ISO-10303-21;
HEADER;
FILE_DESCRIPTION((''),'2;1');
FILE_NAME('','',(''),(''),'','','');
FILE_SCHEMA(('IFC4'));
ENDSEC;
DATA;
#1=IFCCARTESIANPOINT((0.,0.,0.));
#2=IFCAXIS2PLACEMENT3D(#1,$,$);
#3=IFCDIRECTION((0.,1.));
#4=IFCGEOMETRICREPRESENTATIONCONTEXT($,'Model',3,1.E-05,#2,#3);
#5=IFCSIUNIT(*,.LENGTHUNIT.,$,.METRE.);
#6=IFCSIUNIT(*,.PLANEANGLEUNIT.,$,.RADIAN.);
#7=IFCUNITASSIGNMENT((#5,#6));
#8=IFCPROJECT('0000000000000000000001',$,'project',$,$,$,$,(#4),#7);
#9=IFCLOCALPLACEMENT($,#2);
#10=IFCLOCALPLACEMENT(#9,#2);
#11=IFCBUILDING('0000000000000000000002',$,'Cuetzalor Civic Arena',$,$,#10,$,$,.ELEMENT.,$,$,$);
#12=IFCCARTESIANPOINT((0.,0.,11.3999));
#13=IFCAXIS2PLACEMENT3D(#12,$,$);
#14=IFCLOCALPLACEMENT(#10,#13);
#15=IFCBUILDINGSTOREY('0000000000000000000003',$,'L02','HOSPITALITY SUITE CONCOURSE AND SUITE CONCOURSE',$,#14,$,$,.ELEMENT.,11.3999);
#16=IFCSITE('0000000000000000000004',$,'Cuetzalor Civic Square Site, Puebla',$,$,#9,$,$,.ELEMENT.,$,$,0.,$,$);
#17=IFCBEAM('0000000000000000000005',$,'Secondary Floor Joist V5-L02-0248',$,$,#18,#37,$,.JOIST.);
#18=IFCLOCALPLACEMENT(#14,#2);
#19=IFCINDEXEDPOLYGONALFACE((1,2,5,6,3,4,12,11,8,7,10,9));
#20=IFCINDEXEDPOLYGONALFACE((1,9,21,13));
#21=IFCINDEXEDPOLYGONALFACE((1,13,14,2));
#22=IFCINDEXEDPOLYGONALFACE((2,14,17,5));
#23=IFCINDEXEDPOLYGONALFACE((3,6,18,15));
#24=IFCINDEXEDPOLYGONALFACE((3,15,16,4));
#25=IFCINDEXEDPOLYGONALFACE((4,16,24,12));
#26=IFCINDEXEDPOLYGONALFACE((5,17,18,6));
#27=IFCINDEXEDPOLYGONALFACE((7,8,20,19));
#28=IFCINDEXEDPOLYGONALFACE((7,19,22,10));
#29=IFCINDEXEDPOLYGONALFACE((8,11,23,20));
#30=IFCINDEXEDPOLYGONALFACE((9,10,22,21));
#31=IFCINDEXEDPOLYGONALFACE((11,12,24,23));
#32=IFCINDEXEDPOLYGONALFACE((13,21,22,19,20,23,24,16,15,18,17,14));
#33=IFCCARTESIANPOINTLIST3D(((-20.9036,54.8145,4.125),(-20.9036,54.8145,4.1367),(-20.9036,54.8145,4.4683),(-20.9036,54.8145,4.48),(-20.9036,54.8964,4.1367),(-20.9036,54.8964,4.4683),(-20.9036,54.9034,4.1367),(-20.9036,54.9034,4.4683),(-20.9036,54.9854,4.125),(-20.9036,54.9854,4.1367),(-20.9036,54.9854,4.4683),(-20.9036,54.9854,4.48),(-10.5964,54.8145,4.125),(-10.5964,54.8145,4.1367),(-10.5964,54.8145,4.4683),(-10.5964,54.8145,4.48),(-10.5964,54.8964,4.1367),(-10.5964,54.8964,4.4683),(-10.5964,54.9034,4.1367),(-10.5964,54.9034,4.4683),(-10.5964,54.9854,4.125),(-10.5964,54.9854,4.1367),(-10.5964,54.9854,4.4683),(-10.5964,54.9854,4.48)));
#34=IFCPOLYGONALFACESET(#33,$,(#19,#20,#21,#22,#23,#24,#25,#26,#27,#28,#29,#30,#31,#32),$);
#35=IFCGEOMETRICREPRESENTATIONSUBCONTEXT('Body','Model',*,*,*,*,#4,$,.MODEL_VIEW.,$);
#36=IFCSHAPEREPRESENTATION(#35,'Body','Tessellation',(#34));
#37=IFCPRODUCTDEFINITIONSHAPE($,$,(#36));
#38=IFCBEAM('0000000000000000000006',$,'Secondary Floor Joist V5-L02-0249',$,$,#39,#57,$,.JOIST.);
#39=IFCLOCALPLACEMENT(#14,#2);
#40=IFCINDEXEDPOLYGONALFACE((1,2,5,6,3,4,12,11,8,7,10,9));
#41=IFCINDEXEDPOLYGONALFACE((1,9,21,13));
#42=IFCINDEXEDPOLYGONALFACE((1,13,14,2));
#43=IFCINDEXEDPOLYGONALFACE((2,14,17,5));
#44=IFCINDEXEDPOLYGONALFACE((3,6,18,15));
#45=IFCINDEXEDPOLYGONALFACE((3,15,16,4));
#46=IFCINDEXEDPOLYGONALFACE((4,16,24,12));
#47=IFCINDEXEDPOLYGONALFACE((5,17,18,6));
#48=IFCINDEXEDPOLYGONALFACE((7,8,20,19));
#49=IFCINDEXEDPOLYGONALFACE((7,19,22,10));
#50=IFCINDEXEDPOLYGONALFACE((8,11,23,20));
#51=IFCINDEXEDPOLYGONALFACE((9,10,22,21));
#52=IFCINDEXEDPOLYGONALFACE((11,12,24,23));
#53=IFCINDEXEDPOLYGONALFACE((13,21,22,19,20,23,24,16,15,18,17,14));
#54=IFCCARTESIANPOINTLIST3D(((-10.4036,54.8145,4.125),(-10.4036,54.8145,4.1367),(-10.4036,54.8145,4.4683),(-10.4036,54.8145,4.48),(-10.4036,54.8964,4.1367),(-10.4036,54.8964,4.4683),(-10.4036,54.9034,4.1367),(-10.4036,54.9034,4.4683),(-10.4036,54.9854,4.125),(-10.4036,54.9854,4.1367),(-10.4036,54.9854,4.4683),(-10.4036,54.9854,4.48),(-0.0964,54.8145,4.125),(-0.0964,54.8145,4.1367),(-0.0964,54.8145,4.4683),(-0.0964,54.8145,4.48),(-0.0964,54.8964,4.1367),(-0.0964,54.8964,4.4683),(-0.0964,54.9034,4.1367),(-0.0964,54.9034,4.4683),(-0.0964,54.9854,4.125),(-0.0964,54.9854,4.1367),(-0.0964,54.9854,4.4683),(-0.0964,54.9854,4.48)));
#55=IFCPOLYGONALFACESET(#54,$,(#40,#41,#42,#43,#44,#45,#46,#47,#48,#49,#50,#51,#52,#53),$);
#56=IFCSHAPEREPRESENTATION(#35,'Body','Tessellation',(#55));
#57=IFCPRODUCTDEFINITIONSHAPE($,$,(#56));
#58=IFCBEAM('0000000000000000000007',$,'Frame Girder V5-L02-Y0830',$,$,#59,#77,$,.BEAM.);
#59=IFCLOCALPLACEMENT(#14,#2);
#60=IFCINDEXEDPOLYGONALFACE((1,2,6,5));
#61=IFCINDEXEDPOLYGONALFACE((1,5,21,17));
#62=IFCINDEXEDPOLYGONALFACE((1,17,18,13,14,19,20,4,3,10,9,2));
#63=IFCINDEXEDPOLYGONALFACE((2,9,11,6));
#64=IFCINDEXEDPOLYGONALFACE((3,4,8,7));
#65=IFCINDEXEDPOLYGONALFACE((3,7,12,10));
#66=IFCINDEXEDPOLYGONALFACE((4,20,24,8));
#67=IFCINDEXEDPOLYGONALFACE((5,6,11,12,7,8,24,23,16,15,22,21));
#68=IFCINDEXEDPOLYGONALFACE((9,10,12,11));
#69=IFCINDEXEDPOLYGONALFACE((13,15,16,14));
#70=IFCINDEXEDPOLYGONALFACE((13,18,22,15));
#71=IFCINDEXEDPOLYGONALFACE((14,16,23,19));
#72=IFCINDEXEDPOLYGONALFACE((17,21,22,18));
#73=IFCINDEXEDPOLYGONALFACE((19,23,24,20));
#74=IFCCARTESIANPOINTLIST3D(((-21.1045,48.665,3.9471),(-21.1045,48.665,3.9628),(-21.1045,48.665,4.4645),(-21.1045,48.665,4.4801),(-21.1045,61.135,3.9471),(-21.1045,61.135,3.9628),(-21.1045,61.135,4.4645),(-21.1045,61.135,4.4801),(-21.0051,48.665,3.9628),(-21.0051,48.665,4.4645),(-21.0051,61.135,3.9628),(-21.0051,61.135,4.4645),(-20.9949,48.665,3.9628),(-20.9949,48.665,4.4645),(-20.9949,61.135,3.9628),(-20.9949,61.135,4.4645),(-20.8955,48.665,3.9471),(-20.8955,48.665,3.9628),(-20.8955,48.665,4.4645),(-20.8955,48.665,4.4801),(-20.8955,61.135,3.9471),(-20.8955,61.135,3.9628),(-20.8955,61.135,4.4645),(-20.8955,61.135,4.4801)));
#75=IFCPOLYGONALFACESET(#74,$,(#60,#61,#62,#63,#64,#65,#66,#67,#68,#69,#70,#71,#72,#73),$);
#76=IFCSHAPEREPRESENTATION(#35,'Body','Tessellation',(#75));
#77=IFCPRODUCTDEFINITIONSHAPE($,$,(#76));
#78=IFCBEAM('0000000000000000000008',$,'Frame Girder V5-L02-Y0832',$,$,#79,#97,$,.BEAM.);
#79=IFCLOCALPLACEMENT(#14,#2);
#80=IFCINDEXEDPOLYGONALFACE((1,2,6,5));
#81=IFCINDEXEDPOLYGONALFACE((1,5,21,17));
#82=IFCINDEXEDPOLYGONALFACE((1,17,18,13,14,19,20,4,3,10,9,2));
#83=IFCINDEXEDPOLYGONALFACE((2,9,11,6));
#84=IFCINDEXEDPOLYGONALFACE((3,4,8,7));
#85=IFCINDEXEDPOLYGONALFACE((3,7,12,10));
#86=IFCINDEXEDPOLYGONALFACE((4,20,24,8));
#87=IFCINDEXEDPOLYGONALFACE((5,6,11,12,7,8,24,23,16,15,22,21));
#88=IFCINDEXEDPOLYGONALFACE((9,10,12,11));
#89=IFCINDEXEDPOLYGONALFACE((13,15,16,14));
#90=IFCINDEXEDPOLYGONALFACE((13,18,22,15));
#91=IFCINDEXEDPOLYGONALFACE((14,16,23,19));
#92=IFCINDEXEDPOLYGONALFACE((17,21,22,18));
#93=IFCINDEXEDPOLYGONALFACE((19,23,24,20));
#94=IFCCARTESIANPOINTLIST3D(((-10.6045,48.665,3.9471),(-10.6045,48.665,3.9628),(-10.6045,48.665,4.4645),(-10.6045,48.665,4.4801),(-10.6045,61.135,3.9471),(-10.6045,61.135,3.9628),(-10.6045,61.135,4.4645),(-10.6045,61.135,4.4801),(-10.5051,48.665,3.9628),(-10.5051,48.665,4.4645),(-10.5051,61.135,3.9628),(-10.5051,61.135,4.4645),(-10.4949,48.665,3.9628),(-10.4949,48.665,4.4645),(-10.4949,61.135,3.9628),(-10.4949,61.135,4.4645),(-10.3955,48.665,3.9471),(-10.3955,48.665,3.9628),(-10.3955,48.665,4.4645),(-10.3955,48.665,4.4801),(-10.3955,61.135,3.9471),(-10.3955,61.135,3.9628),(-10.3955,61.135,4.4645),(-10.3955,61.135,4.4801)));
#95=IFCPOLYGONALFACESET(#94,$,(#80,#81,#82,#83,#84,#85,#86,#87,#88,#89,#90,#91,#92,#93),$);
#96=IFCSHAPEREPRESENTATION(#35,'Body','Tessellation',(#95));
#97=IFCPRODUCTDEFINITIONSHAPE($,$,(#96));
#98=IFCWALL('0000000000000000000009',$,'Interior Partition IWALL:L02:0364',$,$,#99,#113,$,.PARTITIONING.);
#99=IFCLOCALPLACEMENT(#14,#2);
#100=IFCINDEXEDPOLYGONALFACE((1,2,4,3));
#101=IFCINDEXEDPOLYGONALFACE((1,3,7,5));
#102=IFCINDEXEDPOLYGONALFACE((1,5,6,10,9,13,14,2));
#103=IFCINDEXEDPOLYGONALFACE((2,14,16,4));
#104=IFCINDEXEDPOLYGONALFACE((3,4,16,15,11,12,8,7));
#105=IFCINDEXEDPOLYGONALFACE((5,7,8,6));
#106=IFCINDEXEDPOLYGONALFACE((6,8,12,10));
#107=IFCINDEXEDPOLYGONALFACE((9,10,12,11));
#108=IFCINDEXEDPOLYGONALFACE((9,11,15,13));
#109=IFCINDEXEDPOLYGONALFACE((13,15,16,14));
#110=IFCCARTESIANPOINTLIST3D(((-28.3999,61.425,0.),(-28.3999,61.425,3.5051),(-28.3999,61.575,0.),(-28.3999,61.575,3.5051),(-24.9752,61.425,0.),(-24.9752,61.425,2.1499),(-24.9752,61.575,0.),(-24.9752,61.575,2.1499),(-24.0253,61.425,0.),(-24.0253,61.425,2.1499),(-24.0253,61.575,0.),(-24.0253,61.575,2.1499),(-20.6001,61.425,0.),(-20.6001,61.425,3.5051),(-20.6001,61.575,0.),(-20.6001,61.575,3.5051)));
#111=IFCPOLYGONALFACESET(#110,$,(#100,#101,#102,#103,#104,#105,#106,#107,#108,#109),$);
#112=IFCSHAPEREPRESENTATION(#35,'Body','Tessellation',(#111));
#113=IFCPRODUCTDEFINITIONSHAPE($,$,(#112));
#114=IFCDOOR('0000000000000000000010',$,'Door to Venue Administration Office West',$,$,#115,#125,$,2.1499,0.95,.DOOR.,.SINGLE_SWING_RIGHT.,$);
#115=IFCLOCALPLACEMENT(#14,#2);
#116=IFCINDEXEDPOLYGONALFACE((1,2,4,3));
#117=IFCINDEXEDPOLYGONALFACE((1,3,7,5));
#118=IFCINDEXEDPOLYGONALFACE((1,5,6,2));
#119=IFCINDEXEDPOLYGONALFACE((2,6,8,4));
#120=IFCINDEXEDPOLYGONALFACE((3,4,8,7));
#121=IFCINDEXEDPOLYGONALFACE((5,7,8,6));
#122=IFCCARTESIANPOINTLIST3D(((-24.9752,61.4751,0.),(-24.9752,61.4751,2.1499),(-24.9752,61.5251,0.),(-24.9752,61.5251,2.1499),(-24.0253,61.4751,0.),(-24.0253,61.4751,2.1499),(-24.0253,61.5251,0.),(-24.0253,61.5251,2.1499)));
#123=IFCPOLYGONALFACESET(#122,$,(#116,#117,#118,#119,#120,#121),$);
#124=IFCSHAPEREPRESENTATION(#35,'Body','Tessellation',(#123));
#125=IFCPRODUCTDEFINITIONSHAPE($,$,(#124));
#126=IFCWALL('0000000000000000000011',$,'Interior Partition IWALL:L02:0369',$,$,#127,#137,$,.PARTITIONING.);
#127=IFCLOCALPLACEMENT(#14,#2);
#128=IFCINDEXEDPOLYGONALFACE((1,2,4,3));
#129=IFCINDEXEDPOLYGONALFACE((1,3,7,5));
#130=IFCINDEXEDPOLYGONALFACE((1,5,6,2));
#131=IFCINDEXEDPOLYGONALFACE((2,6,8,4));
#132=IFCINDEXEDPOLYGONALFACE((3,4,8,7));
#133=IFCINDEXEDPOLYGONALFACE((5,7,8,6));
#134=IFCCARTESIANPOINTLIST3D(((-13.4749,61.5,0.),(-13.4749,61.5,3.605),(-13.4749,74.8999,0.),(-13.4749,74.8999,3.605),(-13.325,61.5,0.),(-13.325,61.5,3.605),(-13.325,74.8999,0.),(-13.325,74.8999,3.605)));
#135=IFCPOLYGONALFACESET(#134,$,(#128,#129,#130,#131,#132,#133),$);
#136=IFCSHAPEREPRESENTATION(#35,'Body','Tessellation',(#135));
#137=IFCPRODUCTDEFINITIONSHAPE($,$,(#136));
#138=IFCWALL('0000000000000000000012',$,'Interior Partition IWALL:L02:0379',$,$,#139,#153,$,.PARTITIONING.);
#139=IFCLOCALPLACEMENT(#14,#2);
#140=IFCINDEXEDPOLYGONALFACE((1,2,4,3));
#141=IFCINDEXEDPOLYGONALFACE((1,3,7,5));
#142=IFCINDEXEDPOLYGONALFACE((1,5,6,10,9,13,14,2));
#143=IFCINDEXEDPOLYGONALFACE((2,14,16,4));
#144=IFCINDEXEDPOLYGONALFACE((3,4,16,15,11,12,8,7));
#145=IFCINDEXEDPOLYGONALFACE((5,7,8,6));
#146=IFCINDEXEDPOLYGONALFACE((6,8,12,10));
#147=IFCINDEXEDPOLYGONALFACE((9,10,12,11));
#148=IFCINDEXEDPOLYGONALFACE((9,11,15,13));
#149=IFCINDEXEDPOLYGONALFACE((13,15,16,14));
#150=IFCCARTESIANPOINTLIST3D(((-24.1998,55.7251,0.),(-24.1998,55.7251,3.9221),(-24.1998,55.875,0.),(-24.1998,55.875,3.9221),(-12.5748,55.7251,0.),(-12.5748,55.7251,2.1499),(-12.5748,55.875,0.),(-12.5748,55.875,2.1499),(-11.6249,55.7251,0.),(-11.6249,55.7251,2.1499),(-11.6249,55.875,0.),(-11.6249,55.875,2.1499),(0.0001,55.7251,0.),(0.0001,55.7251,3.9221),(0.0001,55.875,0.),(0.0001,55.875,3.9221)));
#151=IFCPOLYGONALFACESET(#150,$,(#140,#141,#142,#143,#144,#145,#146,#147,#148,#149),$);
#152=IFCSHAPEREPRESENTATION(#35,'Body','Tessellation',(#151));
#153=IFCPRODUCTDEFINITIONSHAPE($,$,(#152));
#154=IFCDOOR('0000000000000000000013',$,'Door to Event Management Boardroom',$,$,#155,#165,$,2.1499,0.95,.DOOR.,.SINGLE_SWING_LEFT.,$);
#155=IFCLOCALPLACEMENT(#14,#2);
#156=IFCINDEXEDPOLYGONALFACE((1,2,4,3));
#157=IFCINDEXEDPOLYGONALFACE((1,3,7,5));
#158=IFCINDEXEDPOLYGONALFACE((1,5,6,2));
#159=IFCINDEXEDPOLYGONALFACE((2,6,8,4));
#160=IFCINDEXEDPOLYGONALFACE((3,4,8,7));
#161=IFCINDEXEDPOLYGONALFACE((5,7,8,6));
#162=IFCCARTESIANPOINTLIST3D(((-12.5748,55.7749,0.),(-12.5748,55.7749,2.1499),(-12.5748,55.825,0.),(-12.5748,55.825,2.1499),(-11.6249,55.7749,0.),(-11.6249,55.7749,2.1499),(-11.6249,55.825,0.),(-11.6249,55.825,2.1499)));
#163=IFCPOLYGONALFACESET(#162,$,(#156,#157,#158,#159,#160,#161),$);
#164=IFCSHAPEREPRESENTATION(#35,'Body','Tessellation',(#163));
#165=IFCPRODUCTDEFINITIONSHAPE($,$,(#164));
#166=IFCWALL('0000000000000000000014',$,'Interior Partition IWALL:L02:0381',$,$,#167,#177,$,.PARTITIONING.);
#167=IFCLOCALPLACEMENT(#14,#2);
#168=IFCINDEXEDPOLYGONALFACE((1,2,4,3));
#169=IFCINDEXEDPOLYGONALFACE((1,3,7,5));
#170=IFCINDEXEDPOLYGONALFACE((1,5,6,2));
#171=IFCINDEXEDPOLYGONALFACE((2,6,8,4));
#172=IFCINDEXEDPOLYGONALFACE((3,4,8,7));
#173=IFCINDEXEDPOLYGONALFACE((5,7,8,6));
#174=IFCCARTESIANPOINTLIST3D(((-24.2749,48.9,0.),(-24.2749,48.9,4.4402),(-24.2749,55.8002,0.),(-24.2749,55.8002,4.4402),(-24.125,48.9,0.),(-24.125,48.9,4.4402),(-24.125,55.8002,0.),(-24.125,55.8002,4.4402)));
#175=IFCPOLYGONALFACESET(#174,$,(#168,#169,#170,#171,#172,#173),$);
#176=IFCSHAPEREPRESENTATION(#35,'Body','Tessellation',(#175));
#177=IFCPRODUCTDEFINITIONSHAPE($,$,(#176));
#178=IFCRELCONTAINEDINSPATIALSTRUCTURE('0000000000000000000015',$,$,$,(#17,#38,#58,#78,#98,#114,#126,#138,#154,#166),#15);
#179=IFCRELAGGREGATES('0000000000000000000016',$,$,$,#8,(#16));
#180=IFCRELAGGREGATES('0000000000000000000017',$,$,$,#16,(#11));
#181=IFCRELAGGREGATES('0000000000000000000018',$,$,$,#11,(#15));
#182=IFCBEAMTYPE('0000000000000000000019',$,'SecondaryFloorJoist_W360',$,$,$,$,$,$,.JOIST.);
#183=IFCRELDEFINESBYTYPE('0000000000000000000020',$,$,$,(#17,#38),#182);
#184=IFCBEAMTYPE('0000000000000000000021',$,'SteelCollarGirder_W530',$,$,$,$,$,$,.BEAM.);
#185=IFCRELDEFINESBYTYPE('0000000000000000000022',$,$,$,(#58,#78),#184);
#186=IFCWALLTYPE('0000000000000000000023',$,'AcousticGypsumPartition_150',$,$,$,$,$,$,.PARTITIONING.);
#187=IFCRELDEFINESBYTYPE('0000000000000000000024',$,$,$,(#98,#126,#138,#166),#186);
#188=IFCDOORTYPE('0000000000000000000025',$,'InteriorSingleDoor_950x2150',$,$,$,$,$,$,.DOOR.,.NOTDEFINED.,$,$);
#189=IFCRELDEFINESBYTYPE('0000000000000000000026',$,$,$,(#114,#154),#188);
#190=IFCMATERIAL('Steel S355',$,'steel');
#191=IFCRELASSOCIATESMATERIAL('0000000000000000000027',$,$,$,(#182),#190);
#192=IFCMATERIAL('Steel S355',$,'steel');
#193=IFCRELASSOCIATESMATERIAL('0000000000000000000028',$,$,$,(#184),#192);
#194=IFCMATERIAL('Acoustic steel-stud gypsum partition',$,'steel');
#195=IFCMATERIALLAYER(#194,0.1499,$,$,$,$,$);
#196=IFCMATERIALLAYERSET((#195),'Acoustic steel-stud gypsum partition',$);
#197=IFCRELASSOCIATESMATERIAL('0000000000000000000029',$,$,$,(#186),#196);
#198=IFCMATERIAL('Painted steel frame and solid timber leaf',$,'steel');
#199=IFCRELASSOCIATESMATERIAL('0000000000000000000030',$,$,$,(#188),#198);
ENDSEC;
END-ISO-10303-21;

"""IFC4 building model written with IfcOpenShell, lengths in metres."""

from ifc_helpers import new_model, si_unit, direction, frame, frame_2d, origin, origin_2d, place, context, subcontext, project, spatial, rectangle, i_section, extrude, material, layer, layer_set, material_profile, profile_set, type_object, element, fill, save


model = new_model("IFC4")

# Units and contexts
model_context = context("Model", 3, precision=1e-05, world=origin(), true_north=direction((0.0, 1.0)))
body_context = subcontext(model_context, "Body", "Model", "MODEL_VIEW")
ifc_project = project(units=[si_unit("LENGTHUNIT", "METRE"), si_unit("PLANEANGLEUNIT", "RADIAN")], contexts=[model_context])

# Site, building, storey
site_placement = place(None, origin())
site = spatial("IfcSite", under=ifc_project, at=site_placement, Name="Cuetzalor Civic Square Site, Puebla", CompositionType="ELEMENT", RefElevation=0.0)
building_placement = place(site_placement, origin())
building = spatial("IfcBuilding", under=site, at=building_placement, Name="Cuetzalor Civic Arena", CompositionType="ELEMENT")
storey_placement = place(building_placement, frame((0.0, 0.0, 11.3999)))
storey = spatial("IfcBuildingStorey", under=building, at=storey_placement, Name="L02", Description="HOSPITALITY SUITE CONCOURSE AND SUITE CONCOURSE", CompositionType="ELEMENT", Elevation=11.3999)

# Beams
ifc_material_1 = material(Name="Steel S355", Category="steel")
ifc_material_profile_1 = material_profile(ifc_material_1, i_section(OverallWidth=0.1709, OverallDepth=0.355, WebThickness=0.0071, FlangeThickness=0.0117, at=origin_2d()), Name="W360x51")
ifc_profile_set_1 = profile_set([ifc_material_profile_1], Name="Steel S355")
beam_type_1 = type_object("IfcBeamType", Name="SecondaryFloorJoist_W360", PredefinedType="JOIST", material=ifc_profile_set_1)
for number, where, z_axis, x_axis, name in (
    (1, (-20.9036, 54.8999, 4.3025), (1.0, 0.0, 0.0), (0.0, 1.0, 0.0), "Secondary Floor Joist V5-L02-0248"),
    (2, (-10.4036, 54.8999, 4.3025), (1.0, 0.0, 0.0), (0.0, 1.0, 0.0), "Secondary Floor Joist V5-L02-0249"),
):
    element("IfcBeam", number, at=place(storey_placement, frame(where, z_axis=z_axis, x_axis=x_axis)), inside=storey, type_object=beam_type_1, Name=name, PredefinedType="JOIST", context=body_context, shape_type="SweptSolid", body=[
        extrude(i_section(OverallWidth=0.1709, OverallDepth=0.355, WebThickness=0.0071, FlangeThickness=0.0117, at=origin_2d()), origin(), (0.0, 0.0, 1.0), 10.3071),
    ])
ifc_material_2 = material(Name="Steel S355", Category="steel")
ifc_material_profile_2 = material_profile(ifc_material_2, i_section(OverallWidth=0.209, OverallDepth=0.533, WebThickness=0.0103, FlangeThickness=0.0156, at=origin_2d()), Name="W530x92")
ifc_profile_set_2 = profile_set([ifc_material_profile_2], Name="Steel S355")
beam_type_2 = type_object("IfcBeamType", Name="SteelCollarGirder_W530", PredefinedType="BEAM", material=ifc_profile_set_2)
for number, where, z_axis, x_axis, name in (
    (3, (-21.0, 48.665, 4.2136), (0.0, 1.0, 0.0), (-1.0, 0.0, 0.0), "Frame Girder V5-L02-Y0830"),
    (4, (-10.5, 48.665, 4.2136), (0.0, 1.0, 0.0), (-1.0, 0.0, 0.0), "Frame Girder V5-L02-Y0832"),
):
    element("IfcBeam", number, at=place(storey_placement, frame(where, z_axis=z_axis, x_axis=x_axis)), inside=storey, type_object=beam_type_2, Name=name, PredefinedType="BEAM", context=body_context, shape_type="SweptSolid", body=[
        extrude(i_section(OverallWidth=0.209, OverallDepth=0.533, WebThickness=0.0103, FlangeThickness=0.0156, at=origin_2d()), origin(), (0.0, 0.0, 1.0), 12.47),
    ])

# Wall, opening, door
ifc_material_3 = material(Name="Acoustic steel-stud gypsum partition", Category="steel")
ifc_layer_1 = layer(ifc_material_3, 0.1499)
ifc_layer_set_1 = layer_set([ifc_layer_1], Name="Acoustic steel-stud gypsum partition")
wall_type_1 = type_object("IfcWallType", Name="AcousticGypsumPartition_150", PredefinedType="PARTITIONING", material=ifc_layer_set_1)
wall_1_placement = place(storey_placement, frame((-20.6001, 61.5, 0.0), z_axis=(0.0, 0.0, 1.0), x_axis=(-1.0, 0.0, 0.0)))
wall_1 = element("IfcWall", 5, at=wall_1_placement, inside=storey, type_object=wall_type_1, Name="Interior Partition IWALL:L02:0364", PredefinedType="PARTITIONING", context=body_context, shape_type="SweptSolid", body=[
    extrude(rectangle(XDim=7.7998, YDim=0.1499, at=frame_2d((3.8999, 0.0))), origin(), (0.0, 0.0, 1.0), 3.5051),
])
opening_1_placement = place(wall_1_placement, frame((3.425, 0.0, 0.0)))
opening_1 = element("IfcOpeningElement", 6, at=opening_1_placement, cuts=wall_1, PredefinedType="OPENING", context=body_context, shape_type="SweptSolid", body=[
    extrude(rectangle(XDim=0.95, YDim=2.1499, at=frame_2d((0.4751, 1.075))), frame((0.0, 0.085, 0.0), z_axis=(0.0, -1.0, 0.0), x_axis=(1.0, 0.0, 0.0)), (0.0, 0.0, 1.0), 0.1699),
])
ifc_material_4 = material(Name="Painted steel frame and solid timber leaf", Category="steel")
door_type = type_object("IfcDoorType", Name="InteriorSingleDoor_950x2150", OperationType="NOTDEFINED", PredefinedType="DOOR", material=ifc_material_4)
door_1_placement = place(opening_1_placement, origin())
door_1 = element("IfcDoor", 7, at=door_1_placement, inside=storey, type_object=door_type, Name="Door to Venue Administration Office West", OperationType="SINGLE_SWING_RIGHT", OverallHeight=2.1499, OverallWidth=0.95, PredefinedType="DOOR", context=body_context, shape_type="SweptSolid", body=[
    extrude(rectangle(XDim=0.95, YDim=2.1499, at=frame_2d((0.4751, 1.075))), frame((0.0, 0.0249, 0.0), z_axis=(0.0, -1.0, 0.0), x_axis=(1.0, 0.0, 0.0)), (0.0, 0.0, 1.0), 0.05),
])
fill(opening_1, door_1)

# Wall
wall_2_placement = place(storey_placement, frame((-13.3999, 61.5, 0.0), z_axis=(0.0, 0.0, 1.0), x_axis=(0.0, 1.0, 0.0)))
element("IfcWall", 8, at=wall_2_placement, inside=storey, type_object=wall_type_1, Name="Interior Partition IWALL:L02:0369", PredefinedType="PARTITIONING", context=body_context, shape_type="SweptSolid", body=[
    extrude(rectangle(XDim=13.3999, YDim=0.1499, at=frame_2d((6.7, 0.0))), origin(), (0.0, 0.0, 1.0), 3.605),
])

# Wall, opening, door
wall_3_placement = place(storey_placement, frame((-24.2, 55.8, 0.0), z_axis=(0.0, 0.0, 1.0), x_axis=(1.0, 0.0, 0.0)))
wall_3 = element("IfcWall", 9, at=wall_3_placement, inside=storey, type_object=wall_type_1, Name="Interior Partition IWALL:L02:0379", PredefinedType="PARTITIONING", context=body_context, shape_type="SweptSolid", body=[
    extrude(rectangle(XDim=24.2, YDim=0.1499, at=frame_2d((12.1001, 0.0))), origin(), (0.0, 0.0, 1.0), 3.9221),
])
opening_2_placement = place(wall_3_placement, frame((11.625, 0.0, 0.0)))
opening_2 = element("IfcOpeningElement", 10, at=opening_2_placement, cuts=wall_3, PredefinedType="OPENING", context=body_context, shape_type="SweptSolid", body=[
    extrude(rectangle(XDim=0.95, YDim=2.1499, at=frame_2d((0.4751, 1.075))), frame((0.0, 0.085, 0.0), z_axis=(0.0, -1.0, 0.0), x_axis=(1.0, 0.0, 0.0)), (0.0, 0.0, 1.0), 0.1699),
])
door_2_placement = place(opening_2_placement, origin())
door_2 = element("IfcDoor", 11, at=door_2_placement, inside=storey, type_object=door_type, Name="Door to Event Management Boardroom", OperationType="SINGLE_SWING_LEFT", OverallHeight=2.1499, OverallWidth=0.95, PredefinedType="DOOR", context=body_context, shape_type="SweptSolid", body=[
    extrude(rectangle(XDim=0.95, YDim=2.1499, at=frame_2d((0.4751, 1.075))), frame((0.0, 0.0249, 0.0), z_axis=(0.0, -1.0, 0.0), x_axis=(1.0, 0.0, 0.0)), (0.0, 0.0, 1.0), 0.05),
])
fill(opening_2, door_2)

# Wall
wall_4_placement = place(storey_placement, frame((-24.2, 48.8999, 0.0), z_axis=(0.0, 0.0, 1.0), x_axis=(0.0, 1.0, 0.0)))
element("IfcWall", 12, at=wall_4_placement, inside=storey, type_object=wall_type_1, Name="Interior Partition IWALL:L02:0381", PredefinedType="PARTITIONING", context=body_context, shape_type="SweptSolid", body=[
    extrude(rectangle(XDim=6.9001, YDim=0.1499, at=frame_2d((3.4502, 0.0))), origin(), (0.0, 0.0, 1.0), 4.4402),
])

save(model, "model.ifc")
